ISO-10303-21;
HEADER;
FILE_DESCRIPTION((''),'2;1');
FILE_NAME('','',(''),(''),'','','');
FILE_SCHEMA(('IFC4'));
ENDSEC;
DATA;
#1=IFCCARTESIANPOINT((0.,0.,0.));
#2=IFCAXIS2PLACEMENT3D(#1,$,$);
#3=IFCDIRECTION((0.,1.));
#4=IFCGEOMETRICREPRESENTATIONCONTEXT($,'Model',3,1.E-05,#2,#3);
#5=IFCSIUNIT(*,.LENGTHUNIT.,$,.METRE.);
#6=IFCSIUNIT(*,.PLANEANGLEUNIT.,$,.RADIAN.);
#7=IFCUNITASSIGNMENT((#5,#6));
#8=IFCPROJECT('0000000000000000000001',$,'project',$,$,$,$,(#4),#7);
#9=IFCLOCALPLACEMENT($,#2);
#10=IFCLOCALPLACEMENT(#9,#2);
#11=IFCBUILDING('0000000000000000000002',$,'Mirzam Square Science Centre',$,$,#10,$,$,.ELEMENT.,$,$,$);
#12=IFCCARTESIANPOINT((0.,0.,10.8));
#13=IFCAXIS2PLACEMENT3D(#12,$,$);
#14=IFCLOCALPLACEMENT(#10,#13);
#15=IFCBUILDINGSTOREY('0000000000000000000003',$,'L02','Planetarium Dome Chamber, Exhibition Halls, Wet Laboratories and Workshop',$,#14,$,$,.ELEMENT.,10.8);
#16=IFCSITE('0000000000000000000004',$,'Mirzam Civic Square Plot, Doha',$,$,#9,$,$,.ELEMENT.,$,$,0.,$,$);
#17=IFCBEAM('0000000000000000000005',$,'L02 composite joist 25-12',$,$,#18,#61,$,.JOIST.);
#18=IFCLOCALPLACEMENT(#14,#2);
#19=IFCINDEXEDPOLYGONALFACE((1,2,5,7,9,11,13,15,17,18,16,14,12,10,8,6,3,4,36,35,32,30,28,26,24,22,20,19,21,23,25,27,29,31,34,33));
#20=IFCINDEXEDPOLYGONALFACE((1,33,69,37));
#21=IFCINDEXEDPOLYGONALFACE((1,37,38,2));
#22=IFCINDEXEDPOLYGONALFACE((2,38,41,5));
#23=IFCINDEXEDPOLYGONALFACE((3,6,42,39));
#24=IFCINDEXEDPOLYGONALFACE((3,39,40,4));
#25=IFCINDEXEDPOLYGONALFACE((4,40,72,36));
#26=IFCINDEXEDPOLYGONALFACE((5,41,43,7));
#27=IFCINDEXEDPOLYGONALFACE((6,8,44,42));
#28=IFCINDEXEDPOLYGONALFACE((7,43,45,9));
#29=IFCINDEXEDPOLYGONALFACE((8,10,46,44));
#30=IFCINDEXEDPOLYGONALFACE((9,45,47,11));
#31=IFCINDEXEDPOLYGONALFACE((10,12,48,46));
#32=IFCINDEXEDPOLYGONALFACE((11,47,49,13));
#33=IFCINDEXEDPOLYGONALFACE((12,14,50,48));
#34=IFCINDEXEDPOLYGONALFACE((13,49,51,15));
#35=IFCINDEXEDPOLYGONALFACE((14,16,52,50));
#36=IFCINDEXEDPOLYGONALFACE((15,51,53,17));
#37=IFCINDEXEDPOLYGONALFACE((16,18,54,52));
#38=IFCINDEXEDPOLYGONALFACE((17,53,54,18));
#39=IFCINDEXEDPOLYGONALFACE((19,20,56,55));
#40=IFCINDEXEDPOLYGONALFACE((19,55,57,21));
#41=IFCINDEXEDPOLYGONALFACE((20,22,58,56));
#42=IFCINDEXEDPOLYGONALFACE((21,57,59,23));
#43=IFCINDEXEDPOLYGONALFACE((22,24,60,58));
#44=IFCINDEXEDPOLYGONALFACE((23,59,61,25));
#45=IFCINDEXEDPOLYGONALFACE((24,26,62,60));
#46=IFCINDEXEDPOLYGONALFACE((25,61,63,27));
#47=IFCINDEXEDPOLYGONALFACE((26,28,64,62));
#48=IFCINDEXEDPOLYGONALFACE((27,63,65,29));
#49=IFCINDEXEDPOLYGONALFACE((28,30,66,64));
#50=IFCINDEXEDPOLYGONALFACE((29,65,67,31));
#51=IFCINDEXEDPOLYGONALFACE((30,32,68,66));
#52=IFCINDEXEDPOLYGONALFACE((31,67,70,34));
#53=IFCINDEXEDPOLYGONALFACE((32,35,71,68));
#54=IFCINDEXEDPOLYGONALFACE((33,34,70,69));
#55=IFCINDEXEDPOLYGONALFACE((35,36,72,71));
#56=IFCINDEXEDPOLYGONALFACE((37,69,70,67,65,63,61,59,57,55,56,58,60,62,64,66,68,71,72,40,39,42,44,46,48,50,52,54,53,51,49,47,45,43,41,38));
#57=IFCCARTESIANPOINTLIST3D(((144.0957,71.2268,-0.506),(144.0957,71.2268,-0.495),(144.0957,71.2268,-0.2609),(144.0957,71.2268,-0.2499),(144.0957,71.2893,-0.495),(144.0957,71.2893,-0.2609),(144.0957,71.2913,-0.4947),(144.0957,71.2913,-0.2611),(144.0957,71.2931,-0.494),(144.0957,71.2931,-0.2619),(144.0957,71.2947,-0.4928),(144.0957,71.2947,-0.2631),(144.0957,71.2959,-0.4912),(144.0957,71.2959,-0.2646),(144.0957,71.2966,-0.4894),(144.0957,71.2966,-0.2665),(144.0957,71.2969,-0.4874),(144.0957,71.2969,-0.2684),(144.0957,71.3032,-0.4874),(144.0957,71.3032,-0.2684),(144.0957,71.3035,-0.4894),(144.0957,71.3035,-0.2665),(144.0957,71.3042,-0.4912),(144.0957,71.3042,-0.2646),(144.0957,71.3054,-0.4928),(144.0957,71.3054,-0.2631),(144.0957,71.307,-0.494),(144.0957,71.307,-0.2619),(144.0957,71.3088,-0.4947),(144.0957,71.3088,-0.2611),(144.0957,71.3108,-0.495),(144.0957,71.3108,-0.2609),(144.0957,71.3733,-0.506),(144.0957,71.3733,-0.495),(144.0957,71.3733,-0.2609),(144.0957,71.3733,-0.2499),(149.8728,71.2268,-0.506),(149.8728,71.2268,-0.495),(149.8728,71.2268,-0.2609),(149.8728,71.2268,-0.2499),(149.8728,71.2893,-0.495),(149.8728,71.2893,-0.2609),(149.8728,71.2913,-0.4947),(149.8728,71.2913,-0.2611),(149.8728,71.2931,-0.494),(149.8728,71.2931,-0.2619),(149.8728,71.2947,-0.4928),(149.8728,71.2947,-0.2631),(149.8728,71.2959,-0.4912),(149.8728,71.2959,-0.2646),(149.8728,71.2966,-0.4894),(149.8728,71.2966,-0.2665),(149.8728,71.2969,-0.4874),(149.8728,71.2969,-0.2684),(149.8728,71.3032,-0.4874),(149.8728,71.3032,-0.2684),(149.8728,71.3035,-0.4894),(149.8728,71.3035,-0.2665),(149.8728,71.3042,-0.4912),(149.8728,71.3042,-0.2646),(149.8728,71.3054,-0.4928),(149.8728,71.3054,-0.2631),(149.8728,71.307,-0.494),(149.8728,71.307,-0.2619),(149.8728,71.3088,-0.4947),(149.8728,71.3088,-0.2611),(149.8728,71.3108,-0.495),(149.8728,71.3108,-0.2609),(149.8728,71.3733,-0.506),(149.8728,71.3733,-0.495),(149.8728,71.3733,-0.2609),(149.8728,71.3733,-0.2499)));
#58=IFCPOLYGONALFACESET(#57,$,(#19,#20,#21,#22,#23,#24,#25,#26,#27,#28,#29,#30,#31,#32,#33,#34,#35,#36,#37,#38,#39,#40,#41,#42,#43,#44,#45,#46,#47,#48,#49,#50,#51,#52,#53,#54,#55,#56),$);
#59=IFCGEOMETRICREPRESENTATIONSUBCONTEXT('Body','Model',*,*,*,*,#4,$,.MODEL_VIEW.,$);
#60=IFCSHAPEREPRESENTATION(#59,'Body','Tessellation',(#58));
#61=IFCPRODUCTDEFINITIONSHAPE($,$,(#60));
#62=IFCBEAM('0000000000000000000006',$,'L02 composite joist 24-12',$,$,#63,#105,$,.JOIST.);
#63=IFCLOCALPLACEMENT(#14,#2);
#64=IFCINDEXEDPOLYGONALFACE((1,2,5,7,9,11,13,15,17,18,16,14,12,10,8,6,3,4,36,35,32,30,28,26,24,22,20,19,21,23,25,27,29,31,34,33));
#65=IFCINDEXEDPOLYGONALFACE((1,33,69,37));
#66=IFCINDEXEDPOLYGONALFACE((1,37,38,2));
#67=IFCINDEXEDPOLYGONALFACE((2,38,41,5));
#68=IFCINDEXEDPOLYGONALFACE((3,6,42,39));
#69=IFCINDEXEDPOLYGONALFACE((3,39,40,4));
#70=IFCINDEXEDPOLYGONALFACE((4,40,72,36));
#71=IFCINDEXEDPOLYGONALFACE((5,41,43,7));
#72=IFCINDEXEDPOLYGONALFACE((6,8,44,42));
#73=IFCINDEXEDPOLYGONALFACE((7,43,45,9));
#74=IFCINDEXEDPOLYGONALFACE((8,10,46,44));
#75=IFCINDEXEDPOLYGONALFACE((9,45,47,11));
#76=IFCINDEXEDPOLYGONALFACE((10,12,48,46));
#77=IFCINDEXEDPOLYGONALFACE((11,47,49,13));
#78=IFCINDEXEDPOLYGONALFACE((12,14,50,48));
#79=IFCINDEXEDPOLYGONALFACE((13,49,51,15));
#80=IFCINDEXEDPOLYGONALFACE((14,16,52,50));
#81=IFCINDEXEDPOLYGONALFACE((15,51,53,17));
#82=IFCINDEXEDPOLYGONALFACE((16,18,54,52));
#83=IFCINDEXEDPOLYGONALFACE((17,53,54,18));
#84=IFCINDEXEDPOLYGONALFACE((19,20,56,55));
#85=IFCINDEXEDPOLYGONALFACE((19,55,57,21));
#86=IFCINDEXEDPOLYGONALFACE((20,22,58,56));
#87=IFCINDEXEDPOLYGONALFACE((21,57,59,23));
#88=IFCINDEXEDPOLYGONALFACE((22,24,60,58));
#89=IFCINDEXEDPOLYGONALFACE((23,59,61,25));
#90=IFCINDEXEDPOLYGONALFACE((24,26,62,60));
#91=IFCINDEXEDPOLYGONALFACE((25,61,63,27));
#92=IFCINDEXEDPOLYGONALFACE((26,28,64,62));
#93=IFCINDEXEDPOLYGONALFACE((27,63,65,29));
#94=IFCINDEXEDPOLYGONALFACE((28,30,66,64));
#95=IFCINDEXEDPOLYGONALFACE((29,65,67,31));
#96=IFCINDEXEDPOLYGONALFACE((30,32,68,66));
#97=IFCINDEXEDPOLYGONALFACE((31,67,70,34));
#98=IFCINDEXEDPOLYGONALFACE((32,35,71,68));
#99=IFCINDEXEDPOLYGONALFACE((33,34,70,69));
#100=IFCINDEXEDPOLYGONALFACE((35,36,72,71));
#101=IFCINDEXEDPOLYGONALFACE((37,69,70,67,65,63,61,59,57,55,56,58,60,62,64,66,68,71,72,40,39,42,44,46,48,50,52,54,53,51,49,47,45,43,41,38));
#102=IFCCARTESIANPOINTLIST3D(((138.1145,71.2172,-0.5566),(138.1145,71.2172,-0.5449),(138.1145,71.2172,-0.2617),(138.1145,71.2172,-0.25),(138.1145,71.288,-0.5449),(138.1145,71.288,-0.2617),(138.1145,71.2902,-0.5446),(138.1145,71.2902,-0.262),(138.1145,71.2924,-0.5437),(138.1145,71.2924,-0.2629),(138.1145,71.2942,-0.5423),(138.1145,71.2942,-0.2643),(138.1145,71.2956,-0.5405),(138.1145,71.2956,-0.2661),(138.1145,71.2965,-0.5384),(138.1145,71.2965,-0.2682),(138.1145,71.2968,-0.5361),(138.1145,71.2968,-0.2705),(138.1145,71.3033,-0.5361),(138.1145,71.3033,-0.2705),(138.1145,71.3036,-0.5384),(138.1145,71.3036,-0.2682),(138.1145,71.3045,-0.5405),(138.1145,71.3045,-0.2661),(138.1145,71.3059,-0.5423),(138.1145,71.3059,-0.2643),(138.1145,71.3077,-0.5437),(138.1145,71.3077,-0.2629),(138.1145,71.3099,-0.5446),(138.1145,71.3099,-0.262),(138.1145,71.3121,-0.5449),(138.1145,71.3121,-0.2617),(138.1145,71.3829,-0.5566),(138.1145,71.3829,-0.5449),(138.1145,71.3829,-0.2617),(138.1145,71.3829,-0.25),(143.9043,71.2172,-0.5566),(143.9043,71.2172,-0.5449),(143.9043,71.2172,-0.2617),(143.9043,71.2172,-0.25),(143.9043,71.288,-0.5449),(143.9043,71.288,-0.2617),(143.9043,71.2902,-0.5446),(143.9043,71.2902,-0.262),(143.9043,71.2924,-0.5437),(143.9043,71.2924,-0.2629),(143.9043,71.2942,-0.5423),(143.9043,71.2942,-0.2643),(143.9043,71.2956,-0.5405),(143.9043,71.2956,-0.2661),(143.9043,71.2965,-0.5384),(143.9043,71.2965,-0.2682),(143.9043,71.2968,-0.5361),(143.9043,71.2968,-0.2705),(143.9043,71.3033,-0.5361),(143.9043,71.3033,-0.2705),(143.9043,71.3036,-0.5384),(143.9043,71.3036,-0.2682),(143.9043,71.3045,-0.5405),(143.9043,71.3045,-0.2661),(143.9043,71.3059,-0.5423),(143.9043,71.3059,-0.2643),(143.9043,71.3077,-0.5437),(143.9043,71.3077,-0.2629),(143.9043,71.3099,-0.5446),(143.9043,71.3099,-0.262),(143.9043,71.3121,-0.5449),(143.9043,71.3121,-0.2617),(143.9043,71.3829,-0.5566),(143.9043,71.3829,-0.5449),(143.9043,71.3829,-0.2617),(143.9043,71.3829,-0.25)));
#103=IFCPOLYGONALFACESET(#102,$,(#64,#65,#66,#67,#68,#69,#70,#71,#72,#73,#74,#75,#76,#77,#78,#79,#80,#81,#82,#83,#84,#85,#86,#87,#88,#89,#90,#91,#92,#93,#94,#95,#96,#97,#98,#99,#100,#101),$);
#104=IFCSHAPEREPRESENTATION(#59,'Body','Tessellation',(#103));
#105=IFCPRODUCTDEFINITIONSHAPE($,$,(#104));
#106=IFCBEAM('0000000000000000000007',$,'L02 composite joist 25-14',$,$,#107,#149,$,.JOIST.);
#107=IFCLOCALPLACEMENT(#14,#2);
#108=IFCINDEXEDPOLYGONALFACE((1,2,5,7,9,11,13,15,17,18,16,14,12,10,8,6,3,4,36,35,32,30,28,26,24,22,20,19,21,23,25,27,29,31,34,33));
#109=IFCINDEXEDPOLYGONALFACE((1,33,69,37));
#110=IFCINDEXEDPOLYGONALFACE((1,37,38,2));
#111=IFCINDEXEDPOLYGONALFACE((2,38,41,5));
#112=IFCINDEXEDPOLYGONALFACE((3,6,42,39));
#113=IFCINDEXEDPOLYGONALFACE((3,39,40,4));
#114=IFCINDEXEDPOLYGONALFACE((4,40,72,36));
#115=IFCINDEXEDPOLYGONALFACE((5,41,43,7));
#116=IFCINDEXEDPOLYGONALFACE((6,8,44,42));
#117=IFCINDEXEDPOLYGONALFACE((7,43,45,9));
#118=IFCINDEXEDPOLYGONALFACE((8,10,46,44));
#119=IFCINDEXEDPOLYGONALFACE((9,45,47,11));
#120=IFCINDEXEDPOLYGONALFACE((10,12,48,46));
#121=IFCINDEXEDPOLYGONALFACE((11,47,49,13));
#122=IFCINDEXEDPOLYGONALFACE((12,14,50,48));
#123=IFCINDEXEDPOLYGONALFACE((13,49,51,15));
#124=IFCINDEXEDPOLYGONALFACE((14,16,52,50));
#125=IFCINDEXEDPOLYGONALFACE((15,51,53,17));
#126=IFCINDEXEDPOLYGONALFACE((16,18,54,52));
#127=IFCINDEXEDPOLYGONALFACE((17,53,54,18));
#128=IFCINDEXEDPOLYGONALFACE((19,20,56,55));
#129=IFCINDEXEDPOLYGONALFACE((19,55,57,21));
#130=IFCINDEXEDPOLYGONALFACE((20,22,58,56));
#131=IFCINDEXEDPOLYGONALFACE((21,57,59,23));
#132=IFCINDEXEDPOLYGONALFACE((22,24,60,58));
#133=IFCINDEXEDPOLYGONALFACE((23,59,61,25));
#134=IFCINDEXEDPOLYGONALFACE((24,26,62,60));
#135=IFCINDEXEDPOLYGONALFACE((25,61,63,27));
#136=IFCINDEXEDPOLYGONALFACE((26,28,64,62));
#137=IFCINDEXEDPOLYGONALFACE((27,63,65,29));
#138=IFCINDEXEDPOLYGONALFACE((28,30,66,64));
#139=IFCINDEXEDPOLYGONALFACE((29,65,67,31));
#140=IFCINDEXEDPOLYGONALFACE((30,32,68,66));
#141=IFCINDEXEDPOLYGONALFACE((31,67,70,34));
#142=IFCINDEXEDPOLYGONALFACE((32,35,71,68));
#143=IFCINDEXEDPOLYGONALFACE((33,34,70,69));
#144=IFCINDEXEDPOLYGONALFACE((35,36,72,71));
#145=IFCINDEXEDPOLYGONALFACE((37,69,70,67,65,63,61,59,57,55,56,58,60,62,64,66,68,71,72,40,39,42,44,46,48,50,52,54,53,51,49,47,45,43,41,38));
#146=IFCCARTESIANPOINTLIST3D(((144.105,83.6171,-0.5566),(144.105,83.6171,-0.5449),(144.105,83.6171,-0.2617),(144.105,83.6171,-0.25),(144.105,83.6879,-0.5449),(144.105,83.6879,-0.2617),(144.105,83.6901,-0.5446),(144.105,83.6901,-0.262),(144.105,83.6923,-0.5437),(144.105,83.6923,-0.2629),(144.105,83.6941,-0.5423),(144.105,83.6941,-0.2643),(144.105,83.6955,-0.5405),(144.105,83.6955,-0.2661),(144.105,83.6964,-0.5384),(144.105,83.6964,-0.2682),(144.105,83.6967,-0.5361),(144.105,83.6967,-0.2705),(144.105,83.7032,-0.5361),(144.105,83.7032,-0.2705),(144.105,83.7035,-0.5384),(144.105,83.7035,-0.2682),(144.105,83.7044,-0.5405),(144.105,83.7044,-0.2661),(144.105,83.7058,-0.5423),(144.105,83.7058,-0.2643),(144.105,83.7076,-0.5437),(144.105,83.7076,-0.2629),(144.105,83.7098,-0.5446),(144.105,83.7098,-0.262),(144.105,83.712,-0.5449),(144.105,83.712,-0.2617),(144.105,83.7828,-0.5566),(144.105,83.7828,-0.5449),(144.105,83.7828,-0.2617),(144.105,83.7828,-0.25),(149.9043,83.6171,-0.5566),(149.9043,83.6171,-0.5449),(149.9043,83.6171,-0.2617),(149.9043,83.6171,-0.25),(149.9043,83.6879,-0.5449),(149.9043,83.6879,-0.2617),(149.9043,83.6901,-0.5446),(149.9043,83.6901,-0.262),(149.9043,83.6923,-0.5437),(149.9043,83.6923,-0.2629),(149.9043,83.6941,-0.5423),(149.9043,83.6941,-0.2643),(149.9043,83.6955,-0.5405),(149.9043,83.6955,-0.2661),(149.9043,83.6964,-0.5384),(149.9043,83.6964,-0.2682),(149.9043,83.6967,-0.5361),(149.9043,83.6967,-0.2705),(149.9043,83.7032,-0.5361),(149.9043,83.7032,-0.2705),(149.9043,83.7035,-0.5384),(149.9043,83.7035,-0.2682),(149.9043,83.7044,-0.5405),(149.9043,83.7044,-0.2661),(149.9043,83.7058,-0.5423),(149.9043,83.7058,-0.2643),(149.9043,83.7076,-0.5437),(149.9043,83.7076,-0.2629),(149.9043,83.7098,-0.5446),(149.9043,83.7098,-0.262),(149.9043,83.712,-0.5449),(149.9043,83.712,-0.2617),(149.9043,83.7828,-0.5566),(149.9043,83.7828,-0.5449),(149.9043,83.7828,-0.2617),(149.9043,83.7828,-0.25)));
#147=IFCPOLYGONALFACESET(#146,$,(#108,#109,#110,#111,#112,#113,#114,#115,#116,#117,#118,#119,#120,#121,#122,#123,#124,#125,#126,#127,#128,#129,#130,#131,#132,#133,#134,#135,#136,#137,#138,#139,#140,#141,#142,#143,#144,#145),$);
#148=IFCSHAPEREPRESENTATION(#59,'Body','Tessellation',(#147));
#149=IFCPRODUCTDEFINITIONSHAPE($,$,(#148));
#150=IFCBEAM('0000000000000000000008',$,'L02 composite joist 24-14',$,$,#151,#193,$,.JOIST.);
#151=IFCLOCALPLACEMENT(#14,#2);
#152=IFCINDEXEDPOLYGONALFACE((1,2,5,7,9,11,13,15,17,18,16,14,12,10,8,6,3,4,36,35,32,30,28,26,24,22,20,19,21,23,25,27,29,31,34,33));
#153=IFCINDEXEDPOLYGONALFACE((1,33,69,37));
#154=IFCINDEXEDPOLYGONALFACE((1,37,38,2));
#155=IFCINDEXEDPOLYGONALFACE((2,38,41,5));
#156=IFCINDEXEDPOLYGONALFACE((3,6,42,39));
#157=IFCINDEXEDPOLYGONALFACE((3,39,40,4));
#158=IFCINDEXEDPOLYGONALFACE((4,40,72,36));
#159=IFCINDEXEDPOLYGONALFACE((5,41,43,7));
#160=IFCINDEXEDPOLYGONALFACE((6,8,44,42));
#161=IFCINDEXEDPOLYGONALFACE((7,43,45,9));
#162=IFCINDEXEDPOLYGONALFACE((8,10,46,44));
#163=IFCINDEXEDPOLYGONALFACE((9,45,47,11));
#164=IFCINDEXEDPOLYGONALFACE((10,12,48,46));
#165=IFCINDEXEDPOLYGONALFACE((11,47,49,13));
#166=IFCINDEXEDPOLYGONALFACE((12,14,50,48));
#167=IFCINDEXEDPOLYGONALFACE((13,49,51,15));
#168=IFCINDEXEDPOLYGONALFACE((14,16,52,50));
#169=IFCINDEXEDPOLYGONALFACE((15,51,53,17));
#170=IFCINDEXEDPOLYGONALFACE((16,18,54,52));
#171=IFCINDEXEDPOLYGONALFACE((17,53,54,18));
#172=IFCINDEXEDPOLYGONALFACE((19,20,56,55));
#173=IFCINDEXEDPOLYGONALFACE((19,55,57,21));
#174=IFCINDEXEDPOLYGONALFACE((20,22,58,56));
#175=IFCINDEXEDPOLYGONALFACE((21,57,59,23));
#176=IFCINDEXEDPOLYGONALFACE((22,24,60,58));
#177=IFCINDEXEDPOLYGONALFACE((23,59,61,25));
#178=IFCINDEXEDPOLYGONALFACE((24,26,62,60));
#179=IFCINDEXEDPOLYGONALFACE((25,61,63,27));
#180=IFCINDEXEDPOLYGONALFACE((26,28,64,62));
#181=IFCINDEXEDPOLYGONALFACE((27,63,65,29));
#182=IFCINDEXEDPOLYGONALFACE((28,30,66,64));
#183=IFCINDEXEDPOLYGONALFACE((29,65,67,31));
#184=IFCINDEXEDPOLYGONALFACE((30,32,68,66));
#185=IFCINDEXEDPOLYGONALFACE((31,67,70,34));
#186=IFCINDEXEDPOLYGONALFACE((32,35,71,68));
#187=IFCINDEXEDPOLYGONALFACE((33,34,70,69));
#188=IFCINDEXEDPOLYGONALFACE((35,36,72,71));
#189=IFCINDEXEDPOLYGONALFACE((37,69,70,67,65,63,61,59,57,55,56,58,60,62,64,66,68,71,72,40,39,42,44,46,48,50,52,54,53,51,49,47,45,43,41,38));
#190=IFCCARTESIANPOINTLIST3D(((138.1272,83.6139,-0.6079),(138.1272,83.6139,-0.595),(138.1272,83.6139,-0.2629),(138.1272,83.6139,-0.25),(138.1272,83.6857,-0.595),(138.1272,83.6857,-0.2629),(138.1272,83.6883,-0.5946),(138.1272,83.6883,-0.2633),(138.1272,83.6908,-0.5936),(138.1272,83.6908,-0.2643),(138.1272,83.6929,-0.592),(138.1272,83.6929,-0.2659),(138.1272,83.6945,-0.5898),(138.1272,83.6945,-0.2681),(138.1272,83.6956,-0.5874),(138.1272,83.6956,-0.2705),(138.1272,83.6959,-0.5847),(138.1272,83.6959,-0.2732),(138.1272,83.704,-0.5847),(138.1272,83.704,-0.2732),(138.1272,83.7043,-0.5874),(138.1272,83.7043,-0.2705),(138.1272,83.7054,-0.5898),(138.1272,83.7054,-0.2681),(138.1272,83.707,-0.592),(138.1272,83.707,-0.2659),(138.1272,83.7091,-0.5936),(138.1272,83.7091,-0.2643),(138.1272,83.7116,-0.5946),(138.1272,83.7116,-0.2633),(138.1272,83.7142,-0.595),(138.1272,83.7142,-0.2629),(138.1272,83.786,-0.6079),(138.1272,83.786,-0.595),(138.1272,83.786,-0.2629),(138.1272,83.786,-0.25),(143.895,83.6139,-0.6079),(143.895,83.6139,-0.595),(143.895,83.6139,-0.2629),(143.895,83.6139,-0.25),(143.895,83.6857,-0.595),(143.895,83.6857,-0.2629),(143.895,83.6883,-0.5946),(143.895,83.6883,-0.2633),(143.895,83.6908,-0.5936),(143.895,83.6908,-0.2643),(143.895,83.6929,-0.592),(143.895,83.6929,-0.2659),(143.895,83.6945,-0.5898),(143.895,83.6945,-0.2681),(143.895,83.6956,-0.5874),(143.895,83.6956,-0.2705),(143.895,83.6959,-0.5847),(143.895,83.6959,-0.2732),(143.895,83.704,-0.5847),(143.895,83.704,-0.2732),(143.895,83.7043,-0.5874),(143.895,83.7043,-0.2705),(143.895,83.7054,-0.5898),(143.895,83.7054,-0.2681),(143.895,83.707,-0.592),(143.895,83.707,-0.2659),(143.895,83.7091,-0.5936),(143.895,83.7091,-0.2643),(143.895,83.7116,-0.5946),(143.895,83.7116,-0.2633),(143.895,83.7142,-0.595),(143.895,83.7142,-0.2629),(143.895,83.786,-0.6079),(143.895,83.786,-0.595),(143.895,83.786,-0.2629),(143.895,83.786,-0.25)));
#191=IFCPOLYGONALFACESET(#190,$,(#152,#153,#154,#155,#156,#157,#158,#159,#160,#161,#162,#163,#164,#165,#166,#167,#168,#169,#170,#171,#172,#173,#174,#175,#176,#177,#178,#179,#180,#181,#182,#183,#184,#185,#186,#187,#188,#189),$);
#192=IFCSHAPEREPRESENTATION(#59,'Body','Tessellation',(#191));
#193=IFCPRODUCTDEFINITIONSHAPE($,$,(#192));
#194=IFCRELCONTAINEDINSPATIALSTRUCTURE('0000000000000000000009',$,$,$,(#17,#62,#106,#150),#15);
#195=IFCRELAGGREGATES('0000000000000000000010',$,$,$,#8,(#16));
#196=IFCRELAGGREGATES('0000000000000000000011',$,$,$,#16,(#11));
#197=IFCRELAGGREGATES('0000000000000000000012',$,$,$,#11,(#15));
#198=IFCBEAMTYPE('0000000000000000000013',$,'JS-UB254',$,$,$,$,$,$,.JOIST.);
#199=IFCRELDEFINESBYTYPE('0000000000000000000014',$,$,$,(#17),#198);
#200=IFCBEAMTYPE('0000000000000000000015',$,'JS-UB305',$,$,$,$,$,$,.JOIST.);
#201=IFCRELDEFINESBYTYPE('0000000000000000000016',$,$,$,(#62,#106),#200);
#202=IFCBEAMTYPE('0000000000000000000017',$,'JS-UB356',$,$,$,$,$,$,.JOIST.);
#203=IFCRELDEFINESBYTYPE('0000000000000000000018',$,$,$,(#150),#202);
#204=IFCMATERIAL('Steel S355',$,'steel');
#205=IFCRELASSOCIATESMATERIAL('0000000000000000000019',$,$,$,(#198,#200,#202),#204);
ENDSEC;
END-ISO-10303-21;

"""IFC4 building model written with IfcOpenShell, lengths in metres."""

from ifc_helpers import new_model, si_unit, direction, frame, origin, origin_2d, place, context, subcontext, project, spatial, i_section, extrude, material, material_profile, profile_set, type_object, element, save


model = new_model("IFC4")

# Units and contexts
model_context = context("Model", 3, precision=1e-05, world=origin(), true_north=direction((0.0, 1.0)))
body_context = subcontext(model_context, "Body", "Model", "MODEL_VIEW")
ifc_project = project(units=[si_unit("LENGTHUNIT", "METRE"), si_unit("PLANEANGLEUNIT", "RADIAN")], contexts=[model_context])

# Site, building, storey
site_placement = place(None, origin())
site = spatial("IfcSite", under=ifc_project, at=site_placement, Name="Mirzam Civic Square Plot, Doha", CompositionType="ELEMENT", RefElevation=0.0)
building_placement = place(site_placement, origin())
building = spatial("IfcBuilding", under=site, at=building_placement, Name="Mirzam Square Science Centre", CompositionType="ELEMENT")
storey_placement = place(building_placement, frame((0.0, 0.0, 10.8)))
storey = spatial("IfcBuildingStorey", under=building, at=storey_placement, Name="L02", Description="Planetarium Dome Chamber, Exhibition Halls, Wet Laboratories and Workshop", CompositionType="ELEMENT", Elevation=10.8)

# Shared definitions
ifc_material_1 = material(Name="Steel S355", Category="steel")

# Beams
ifc_material_profile_1 = material_profile(ifc_material_1, i_section(OverallWidth=0.1465, OverallDepth=0.2561, WebThickness=0.0063, FlangeThickness=0.011, FilletRadius=0.0076, at=origin_2d()), Name="254x146x37UB")
ifc_profile_set_1 = profile_set([ifc_material_profile_1], Name="Steel S355")
beam_type_1 = type_object("IfcBeamType", Name="JS-UB254", PredefinedType="JOIST", material=ifc_profile_set_1)
beam_1_placement = place(storey_placement, frame((144.0957, 71.3, -0.3779), z_axis=(1.0, 0.0, 0.0), x_axis=(0.0, 1.0, 0.0)))
element("IfcBeam", 1, at=beam_1_placement, inside=storey, type_object=beam_type_1, Name="L02 composite joist 25-12", PredefinedType="JOIST", context=body_context, shape_type="SweptSolid", body=[
    extrude(i_section(OverallWidth=0.1465, OverallDepth=0.2561, WebThickness=0.0063, FlangeThickness=0.011, FilletRadius=0.0076, at=origin_2d()), origin(), (0.0, 0.0, 1.0), 5.7771),
])
ifc_material_profile_2 = material_profile(ifc_material_1, i_section(OverallWidth=0.1658, OverallDepth=0.3066, WebThickness=0.0066, FlangeThickness=0.0117, FilletRadius=0.0088, at=origin_2d()), Name="305x165x46UB")
ifc_profile_set_2 = profile_set([ifc_material_profile_2], Name="Steel S355")
beam_type_2 = type_object("IfcBeamType", Name="JS-UB305", PredefinedType="JOIST", material=ifc_profile_set_2)
beam_2_placement = place(storey_placement, frame((138.1145, 71.3, -0.4033), z_axis=(1.0, 0.0, 0.0), x_axis=(0.0, 1.0, 0.0)))
element("IfcBeam", 2, at=beam_2_placement, inside=storey, type_object=beam_type_2, Name="L02 composite joist 24-12", PredefinedType="JOIST", context=body_context, shape_type="SweptSolid", body=[
    extrude(i_section(OverallWidth=0.1658, OverallDepth=0.3066, WebThickness=0.0066, FlangeThickness=0.0117, FilletRadius=0.0088, at=origin_2d()), origin(), (0.0, 0.0, 1.0), 5.7898),
])
beam_3_placement = place(storey_placement, frame((144.105, 83.7, -0.4033), z_axis=(1.0, 0.0, 0.0), x_axis=(0.0, 1.0, 0.0)))
element("IfcBeam", 3, at=beam_3_placement, inside=storey, type_object=beam_type_2, Name="L02 composite joist 25-14", PredefinedType="JOIST", context=body_context, shape_type="SweptSolid", body=[
    extrude(i_section(OverallWidth=0.1658, OverallDepth=0.3066, WebThickness=0.0066, FlangeThickness=0.0117, FilletRadius=0.0088, at=origin_2d()), origin(), (0.0, 0.0, 1.0), 5.7993),
])
ifc_material_profile_3 = material_profile(ifc_material_1, i_section(OverallWidth=0.1721, OverallDepth=0.3579, WebThickness=0.0081, FlangeThickness=0.0129, FilletRadius=0.0103, at=origin_2d()), Name="356x171x57UB")
ifc_profile_set_3 = profile_set([ifc_material_profile_3], Name="Steel S355")
beam_type_3 = type_object("IfcBeamType", Name="JS-UB356", PredefinedType="JOIST", material=ifc_profile_set_3)
for number, where, z_axis, x_axis, name in (
    (4, (138.1272, 83.7, -0.429), (1.0, 0.0, 0.0), (0.0, 1.0, 0.0), "L02 composite joist 24-14"),
):
    element("IfcBeam", number, at=place(storey_placement, frame(where, z_axis=z_axis, x_axis=x_axis)), inside=storey, type_object=beam_type_3, Name=name, PredefinedType="JOIST", context=body_context, shape_type="SweptSolid", body=[
        extrude(i_section(OverallWidth=0.1721, OverallDepth=0.3579, WebThickness=0.0081, FlangeThickness=0.0129, FilletRadius=0.0103, at=origin_2d()), origin(), (0.0, 0.0, 1.0), 5.7678),
    ])

save(model, "model.ifc")
